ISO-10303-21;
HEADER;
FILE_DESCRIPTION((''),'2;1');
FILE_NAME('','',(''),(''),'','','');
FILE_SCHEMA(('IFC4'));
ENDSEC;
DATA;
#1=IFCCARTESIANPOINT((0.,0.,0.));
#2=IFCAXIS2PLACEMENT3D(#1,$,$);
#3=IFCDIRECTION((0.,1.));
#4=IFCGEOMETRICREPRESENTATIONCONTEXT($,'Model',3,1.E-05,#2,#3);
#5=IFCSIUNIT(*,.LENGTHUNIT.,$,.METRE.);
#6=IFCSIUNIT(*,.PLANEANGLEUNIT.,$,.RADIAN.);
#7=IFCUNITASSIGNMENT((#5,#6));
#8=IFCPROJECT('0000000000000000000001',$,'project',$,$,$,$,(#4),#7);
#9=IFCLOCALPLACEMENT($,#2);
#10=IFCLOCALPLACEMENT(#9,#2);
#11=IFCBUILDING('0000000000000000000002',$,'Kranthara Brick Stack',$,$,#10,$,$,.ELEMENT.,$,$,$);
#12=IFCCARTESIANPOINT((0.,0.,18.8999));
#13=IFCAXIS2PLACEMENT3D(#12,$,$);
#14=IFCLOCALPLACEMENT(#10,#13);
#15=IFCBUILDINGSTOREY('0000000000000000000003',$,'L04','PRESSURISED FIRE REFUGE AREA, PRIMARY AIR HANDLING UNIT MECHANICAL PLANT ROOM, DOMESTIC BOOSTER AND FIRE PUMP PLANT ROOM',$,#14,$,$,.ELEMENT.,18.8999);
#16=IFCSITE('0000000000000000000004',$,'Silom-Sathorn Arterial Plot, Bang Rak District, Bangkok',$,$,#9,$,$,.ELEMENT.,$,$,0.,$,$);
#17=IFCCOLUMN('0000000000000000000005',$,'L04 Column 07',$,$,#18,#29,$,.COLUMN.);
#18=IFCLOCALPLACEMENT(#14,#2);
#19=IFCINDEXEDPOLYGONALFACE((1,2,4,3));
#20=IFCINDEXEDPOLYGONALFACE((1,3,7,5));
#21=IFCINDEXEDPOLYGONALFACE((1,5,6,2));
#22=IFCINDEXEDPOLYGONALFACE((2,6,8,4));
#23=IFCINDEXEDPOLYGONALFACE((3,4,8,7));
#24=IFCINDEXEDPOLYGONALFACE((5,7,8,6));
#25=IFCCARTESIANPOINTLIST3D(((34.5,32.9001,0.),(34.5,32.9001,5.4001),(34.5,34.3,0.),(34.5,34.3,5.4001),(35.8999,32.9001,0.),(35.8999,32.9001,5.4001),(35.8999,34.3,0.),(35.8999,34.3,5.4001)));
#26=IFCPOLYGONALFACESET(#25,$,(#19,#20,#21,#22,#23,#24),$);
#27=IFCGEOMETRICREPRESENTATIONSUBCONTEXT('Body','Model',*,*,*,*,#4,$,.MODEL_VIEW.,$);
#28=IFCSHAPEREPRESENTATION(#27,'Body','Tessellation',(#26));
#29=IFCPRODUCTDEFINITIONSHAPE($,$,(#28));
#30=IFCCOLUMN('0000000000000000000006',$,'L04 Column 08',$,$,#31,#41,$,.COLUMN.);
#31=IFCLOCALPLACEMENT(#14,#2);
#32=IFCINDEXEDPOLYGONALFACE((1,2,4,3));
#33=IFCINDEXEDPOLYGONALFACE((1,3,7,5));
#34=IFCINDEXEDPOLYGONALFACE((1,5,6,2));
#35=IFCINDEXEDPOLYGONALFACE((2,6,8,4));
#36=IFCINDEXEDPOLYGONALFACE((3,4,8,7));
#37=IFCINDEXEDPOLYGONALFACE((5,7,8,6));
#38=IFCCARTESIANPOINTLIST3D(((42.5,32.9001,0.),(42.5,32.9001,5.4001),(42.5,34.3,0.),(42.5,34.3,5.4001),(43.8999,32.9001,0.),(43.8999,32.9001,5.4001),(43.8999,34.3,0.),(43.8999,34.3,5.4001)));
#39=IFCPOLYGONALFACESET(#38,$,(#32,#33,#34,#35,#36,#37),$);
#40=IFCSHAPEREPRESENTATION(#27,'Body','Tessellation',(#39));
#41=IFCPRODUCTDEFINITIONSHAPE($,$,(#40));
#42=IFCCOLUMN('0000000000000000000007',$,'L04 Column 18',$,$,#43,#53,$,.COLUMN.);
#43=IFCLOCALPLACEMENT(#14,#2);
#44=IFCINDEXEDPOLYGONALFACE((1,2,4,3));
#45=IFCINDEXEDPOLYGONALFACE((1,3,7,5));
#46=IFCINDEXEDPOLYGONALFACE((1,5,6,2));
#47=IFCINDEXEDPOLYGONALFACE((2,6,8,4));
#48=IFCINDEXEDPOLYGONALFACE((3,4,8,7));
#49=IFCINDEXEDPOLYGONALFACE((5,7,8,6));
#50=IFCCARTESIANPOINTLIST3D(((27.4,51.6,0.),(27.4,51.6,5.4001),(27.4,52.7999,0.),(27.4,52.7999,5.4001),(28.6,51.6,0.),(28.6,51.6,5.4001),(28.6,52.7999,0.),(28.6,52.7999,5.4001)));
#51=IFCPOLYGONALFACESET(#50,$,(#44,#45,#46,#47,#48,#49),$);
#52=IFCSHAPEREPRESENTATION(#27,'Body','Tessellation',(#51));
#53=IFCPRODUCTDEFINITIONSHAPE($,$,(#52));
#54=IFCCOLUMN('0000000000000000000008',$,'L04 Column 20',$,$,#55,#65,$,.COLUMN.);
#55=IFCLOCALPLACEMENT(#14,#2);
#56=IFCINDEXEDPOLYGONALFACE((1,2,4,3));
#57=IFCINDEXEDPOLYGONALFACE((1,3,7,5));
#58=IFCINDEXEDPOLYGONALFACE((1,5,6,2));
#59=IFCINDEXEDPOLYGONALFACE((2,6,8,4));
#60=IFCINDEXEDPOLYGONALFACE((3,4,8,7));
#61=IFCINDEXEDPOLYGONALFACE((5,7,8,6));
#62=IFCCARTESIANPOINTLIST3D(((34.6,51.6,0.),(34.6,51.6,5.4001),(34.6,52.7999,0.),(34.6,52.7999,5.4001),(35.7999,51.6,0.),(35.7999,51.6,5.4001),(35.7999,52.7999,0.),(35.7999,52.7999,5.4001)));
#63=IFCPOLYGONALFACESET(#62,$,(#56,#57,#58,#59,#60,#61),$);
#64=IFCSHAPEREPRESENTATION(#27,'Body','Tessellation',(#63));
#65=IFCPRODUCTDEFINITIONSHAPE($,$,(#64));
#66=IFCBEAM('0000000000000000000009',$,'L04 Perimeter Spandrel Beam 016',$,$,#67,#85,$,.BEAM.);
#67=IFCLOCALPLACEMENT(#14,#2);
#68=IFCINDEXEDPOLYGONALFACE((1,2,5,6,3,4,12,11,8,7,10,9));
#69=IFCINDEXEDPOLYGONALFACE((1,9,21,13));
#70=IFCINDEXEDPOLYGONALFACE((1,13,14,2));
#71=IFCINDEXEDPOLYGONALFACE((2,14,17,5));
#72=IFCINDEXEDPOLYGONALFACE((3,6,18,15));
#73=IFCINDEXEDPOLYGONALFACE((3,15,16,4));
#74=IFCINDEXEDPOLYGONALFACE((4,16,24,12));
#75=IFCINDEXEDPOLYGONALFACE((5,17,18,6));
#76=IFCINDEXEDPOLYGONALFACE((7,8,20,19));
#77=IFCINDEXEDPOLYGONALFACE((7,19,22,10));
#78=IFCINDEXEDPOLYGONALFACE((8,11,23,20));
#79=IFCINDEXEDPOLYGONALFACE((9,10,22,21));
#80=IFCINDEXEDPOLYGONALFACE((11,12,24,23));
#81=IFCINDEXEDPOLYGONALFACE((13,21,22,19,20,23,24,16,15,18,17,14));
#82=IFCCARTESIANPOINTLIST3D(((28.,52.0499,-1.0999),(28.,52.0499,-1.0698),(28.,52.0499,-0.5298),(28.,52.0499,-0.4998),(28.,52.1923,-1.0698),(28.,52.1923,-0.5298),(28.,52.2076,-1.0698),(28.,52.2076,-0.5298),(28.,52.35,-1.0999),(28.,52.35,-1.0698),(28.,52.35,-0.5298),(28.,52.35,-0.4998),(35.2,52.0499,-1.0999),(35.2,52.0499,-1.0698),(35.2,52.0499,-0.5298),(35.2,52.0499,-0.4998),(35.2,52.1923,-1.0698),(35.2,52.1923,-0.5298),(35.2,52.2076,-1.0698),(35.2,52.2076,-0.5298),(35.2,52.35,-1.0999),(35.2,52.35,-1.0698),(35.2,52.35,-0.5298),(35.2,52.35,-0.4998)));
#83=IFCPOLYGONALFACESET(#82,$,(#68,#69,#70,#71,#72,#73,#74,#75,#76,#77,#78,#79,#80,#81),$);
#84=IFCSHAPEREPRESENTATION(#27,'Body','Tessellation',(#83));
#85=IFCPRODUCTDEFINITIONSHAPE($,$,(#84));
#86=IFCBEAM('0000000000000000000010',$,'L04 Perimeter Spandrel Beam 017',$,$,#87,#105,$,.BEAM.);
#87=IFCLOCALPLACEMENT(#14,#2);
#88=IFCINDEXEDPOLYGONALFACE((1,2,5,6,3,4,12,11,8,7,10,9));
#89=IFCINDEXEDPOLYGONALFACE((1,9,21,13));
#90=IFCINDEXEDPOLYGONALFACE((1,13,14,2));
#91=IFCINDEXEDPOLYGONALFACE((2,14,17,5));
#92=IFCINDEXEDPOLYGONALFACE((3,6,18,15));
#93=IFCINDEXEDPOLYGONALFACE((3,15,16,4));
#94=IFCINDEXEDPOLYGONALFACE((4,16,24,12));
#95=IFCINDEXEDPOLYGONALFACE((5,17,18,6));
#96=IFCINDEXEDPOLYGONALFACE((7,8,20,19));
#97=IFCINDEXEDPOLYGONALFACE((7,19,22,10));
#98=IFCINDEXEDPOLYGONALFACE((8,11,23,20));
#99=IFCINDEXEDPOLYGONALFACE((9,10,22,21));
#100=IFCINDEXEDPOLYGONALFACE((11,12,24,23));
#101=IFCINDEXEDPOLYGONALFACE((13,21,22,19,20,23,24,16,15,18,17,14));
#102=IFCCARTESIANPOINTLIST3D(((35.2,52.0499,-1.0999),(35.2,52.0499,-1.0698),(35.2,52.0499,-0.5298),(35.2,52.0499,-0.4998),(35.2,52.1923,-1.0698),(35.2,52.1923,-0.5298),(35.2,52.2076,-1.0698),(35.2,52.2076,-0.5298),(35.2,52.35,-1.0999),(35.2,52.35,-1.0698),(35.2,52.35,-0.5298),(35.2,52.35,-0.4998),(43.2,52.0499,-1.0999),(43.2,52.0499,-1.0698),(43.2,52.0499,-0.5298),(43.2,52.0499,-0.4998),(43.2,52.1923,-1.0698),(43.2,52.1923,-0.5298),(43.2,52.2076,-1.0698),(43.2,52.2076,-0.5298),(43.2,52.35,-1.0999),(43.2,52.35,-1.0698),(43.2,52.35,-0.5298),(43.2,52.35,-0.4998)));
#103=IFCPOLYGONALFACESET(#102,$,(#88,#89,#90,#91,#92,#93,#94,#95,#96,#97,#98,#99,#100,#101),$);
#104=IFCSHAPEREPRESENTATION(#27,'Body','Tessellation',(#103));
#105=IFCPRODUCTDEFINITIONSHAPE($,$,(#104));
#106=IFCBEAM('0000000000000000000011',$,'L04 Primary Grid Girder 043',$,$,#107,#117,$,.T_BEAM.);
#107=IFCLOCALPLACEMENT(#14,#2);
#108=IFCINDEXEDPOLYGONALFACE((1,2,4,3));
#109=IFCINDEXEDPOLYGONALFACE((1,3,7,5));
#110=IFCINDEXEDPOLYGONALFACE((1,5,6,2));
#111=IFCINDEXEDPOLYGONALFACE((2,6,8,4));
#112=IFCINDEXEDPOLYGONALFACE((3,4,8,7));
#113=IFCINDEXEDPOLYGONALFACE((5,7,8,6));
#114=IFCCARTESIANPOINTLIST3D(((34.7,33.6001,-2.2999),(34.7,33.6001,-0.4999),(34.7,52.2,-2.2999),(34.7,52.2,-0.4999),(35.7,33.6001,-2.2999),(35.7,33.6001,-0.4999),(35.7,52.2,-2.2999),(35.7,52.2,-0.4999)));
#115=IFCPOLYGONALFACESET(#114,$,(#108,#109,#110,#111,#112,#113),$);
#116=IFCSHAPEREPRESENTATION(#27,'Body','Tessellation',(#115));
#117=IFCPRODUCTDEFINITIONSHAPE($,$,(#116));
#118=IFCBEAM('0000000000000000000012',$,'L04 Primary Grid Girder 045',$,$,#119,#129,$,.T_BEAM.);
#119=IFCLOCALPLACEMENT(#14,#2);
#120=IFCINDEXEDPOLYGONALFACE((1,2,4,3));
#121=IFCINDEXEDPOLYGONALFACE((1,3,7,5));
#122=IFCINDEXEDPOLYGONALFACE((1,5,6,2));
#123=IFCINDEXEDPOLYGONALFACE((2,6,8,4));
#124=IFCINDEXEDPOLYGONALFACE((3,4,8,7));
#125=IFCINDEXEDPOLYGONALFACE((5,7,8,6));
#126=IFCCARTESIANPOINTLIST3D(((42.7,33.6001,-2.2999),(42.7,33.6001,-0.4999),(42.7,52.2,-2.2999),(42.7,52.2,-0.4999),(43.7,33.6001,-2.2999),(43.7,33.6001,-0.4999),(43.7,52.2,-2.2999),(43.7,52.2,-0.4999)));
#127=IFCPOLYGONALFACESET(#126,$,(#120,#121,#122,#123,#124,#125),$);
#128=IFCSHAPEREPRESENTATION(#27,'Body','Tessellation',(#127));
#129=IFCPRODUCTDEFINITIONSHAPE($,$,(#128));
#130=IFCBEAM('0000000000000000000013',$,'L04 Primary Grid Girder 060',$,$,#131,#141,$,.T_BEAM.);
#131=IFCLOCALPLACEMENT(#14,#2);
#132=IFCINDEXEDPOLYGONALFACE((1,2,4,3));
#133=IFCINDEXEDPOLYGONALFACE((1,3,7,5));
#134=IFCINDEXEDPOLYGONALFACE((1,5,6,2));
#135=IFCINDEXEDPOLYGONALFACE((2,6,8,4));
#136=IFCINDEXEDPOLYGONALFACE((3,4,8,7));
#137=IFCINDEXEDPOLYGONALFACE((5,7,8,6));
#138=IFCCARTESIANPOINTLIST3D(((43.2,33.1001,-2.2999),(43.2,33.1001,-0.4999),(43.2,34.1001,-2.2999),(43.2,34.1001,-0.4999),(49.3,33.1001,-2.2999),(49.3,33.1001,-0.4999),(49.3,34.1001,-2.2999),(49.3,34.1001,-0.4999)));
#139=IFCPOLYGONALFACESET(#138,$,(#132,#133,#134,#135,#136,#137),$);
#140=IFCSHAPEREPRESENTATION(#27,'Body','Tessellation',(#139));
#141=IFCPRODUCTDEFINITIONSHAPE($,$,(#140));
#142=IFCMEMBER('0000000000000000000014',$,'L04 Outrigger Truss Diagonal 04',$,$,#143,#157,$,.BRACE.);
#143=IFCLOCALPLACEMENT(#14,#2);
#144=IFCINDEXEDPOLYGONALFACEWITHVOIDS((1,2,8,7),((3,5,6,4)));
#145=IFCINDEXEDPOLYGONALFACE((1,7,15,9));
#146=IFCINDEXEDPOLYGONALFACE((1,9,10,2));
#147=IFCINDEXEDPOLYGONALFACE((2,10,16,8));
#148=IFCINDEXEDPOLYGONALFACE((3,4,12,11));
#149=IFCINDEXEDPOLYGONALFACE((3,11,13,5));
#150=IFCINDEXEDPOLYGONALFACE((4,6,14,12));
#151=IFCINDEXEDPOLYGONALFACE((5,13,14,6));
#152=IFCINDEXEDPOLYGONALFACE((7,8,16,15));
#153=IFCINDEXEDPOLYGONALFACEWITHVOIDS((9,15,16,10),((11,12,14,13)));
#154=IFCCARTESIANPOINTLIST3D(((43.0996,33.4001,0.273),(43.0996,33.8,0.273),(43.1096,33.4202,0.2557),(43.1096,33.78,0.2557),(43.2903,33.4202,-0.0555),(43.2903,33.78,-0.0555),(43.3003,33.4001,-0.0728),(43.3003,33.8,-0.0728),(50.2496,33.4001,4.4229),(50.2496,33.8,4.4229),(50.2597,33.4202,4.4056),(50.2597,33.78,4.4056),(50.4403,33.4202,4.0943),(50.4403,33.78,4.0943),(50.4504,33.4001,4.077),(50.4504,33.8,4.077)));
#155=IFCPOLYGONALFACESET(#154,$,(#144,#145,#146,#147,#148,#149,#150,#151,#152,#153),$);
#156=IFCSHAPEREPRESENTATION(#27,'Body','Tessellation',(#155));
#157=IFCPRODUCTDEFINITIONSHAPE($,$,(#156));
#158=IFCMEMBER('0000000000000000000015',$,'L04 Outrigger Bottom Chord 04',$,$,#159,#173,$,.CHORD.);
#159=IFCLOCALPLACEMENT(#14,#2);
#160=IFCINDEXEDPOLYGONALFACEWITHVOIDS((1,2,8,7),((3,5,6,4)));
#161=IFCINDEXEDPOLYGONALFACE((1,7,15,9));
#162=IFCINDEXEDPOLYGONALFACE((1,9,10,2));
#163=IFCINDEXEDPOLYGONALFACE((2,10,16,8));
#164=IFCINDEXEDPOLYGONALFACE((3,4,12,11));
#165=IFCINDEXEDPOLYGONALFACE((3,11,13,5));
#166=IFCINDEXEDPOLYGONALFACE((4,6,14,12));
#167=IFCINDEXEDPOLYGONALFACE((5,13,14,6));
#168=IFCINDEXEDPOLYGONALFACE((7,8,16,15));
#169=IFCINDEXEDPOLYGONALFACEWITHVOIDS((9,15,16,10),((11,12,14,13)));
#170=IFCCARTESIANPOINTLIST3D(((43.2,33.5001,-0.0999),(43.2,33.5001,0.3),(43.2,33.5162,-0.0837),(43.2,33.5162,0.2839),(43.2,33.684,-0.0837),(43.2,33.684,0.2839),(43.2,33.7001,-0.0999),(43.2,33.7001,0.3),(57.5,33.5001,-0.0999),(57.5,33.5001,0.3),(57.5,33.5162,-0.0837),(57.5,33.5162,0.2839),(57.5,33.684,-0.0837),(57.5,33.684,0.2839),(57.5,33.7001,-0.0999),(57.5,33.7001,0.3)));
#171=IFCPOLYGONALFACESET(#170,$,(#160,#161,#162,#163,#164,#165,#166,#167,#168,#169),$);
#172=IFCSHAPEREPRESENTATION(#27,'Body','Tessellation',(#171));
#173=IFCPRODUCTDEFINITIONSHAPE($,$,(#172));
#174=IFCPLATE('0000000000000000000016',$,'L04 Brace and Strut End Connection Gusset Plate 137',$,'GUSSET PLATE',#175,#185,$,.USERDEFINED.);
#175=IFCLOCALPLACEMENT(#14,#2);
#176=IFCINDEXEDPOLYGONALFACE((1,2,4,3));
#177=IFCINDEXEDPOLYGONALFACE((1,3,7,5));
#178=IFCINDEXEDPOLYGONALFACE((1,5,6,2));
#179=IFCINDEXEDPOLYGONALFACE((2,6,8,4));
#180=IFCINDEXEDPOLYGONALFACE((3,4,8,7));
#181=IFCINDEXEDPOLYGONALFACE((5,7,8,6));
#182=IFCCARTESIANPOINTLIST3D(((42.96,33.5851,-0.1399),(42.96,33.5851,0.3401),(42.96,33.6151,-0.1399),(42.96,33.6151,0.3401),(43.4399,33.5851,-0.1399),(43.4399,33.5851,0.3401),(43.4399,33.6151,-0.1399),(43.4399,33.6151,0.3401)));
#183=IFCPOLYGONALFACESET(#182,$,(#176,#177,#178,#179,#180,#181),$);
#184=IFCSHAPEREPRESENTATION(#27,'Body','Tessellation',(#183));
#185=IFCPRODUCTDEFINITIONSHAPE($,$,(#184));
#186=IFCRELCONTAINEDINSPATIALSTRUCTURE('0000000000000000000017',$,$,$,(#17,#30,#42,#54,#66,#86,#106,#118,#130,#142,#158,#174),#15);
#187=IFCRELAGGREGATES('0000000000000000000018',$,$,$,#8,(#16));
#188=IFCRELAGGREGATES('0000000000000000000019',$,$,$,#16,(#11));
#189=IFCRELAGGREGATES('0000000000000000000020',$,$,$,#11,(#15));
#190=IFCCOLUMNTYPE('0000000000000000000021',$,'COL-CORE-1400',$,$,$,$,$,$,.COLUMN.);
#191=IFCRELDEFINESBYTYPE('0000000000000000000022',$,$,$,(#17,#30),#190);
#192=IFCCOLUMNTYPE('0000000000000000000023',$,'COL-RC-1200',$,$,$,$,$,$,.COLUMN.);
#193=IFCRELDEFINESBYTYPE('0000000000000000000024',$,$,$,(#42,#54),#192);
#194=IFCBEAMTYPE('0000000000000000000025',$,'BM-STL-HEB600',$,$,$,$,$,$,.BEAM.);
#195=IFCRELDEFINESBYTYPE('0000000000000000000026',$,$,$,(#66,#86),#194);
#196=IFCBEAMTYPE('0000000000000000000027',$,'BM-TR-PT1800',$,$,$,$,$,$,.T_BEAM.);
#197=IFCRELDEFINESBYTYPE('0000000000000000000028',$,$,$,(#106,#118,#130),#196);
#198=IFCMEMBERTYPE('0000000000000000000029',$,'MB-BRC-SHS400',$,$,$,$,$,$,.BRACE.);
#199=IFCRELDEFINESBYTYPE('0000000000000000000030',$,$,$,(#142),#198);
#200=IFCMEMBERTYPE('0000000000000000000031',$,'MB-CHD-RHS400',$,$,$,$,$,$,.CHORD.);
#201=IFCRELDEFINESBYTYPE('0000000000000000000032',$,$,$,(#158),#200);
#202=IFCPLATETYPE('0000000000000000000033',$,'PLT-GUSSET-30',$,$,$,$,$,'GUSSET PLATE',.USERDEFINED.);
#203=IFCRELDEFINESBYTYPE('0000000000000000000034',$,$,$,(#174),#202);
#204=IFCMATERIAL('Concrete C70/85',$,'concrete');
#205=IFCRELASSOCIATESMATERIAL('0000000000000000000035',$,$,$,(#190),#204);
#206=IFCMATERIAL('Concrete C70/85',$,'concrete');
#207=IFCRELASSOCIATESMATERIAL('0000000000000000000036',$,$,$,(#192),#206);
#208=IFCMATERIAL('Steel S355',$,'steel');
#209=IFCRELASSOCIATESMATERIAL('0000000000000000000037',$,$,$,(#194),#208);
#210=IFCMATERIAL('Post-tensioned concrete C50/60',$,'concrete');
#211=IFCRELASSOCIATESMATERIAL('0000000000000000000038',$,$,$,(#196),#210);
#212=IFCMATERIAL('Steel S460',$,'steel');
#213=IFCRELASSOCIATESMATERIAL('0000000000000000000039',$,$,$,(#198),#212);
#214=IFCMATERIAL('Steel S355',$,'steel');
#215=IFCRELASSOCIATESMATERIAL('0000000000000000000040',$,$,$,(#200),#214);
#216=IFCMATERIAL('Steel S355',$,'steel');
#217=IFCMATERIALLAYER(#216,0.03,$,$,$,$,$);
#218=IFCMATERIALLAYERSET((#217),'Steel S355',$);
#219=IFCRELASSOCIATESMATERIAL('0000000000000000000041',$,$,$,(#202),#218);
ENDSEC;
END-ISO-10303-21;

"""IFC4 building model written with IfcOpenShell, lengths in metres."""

from ifc_helpers import new_model, si_unit, direction, frame, origin, origin_2d, place, context, subcontext, project, spatial, rectangle, hollow_rectangle, i_section, extrude, material, layer, layer_set, material_profile, profile_set, type_object, element, save


model = new_model("IFC4")

# Units and contexts
model_context = context("Model", 3, precision=1e-05, world=origin(), true_north=direction((0.0, 1.0)))
body_context = subcontext(model_context, "Body", "Model", "MODEL_VIEW")
ifc_project = project(units=[si_unit("LENGTHUNIT", "METRE"), si_unit("PLANEANGLEUNIT", "RADIAN")], contexts=[model_context])

# Site, building, storey
site_placement = place(None, origin())
site = spatial("IfcSite", under=ifc_project, at=site_placement, Name="Silom-Sathorn Arterial Plot, Bang Rak District, Bangkok", CompositionType="ELEMENT", RefElevation=0.0)
building_placement = place(site_placement, origin())
building = spatial("IfcBuilding", under=site, at=building_placement, Name="Kranthara Brick Stack", CompositionType="ELEMENT")
storey_placement = place(building_placement, frame((0.0, 0.0, 18.8999)))
storey = spatial("IfcBuildingStorey", under=building, at=storey_placement, Name="L04", Description="PRESSURISED FIRE REFUGE AREA, PRIMARY AIR HANDLING UNIT MECHANICAL PLANT ROOM, DOMESTIC BOOSTER AND FIRE PUMP PLANT ROOM", CompositionType="ELEMENT", Elevation=18.8999)

# Columns
ifc_material_1 = material(Name="Concrete C70/85", Category="concrete")
ifc_material_profile_1 = material_profile(ifc_material_1, rectangle(XDim=1.3999, YDim=1.3999, at=origin_2d()), Name="RC 1400x1400")
ifc_profile_set_1 = profile_set([ifc_material_profile_1], Name="Concrete C70/85")
column_type_1 = type_object("IfcColumnType", Name="COL-CORE-1400", PredefinedType="COLUMN", material=ifc_profile_set_1)
for number, where, z_axis, x_axis, name in (
    (1, (35.2, 33.6001, 0.0), (0.0, 0.0, 1.0), (1.0, 0.0, 0.0), "L04 Column 07"),
    (2, (43.2, 33.6001, 0.0), (0.0, 0.0, 1.0), (1.0, 0.0, 0.0), "L04 Column 08"),
):
    element("IfcColumn", number, at=place(storey_placement, frame(where, z_axis=z_axis, x_axis=x_axis)), inside=storey, type_object=column_type_1, Name=name, PredefinedType="COLUMN", context=body_context, shape_type="SweptSolid", body=[
        extrude(rectangle(XDim=1.3999, YDim=1.3999, at=origin_2d()), origin(), (0.0, 0.0, 1.0), 5.4001),
    ])
ifc_material_2 = material(Name="Concrete C70/85", Category="concrete")
ifc_material_profile_2 = material_profile(ifc_material_2, rectangle(XDim=1.2, YDim=1.2, at=origin_2d()), Name="RC 1200x1200")
ifc_profile_set_2 = profile_set([ifc_material_profile_2], Name="Concrete C70/85")
column_type_2 = type_object("IfcColumnType", Name="COL-RC-1200", PredefinedType="COLUMN", material=ifc_profile_set_2)
for number, where, z_axis, x_axis, name in (
    (3, (28.0, 52.2, 0.0), (0.0, 0.0, 1.0), (1.0, 0.0, 0.0), "L04 Column 18"),
    (4, (35.2, 52.2, 0.0), (0.0, 0.0, 1.0), (1.0, 0.0, 0.0), "L04 Column 20"),
):
    element("IfcColumn", number, at=place(storey_placement, frame(where, z_axis=z_axis, x_axis=x_axis)), inside=storey, type_object=column_type_2, Name=name, PredefinedType="COLUMN", context=body_context, shape_type="SweptSolid", body=[
        extrude(rectangle(XDim=1.2, YDim=1.2, at=origin_2d()), origin(), (0.0, 0.0, 1.0), 5.4001),
    ])

# Beams
ifc_material_3 = material(Name="Steel S355", Category="steel")
ifc_material_profile_3 = material_profile(ifc_material_3, i_section(OverallWidth=0.3, OverallDepth=0.6001, WebThickness=0.0154, FlangeThickness=0.03, at=origin_2d()), Name="HEB 600")
ifc_profile_set_3 = profile_set([ifc_material_profile_3], Name="Steel S355")
beam_type_1 = type_object("IfcBeamType", Name="BM-STL-HEB600", PredefinedType="BEAM", material=ifc_profile_set_3)
beam_1_placement = place(storey_placement, frame((28.0, 52.2, -0.7998), z_axis=(1.0, 0.0, 0.0), x_axis=(0.0, 1.0, 0.0)))
element("IfcBeam", 5, at=beam_1_placement, inside=storey, type_object=beam_type_1, Name="L04 Perimeter Spandrel Beam 016", PredefinedType="BEAM", context=body_context, shape_type="SweptSolid", body=[
    extrude(i_section(OverallWidth=0.3, OverallDepth=0.6001, WebThickness=0.0154, FlangeThickness=0.03, at=origin_2d()), origin(), (0.0, 0.0, 1.0), 7.2),
])
beam_2_placement = place(storey_placement, frame((35.2, 52.2, -0.7998), z_axis=(1.0, 0.0, 0.0), x_axis=(0.0, 1.0, 0.0)))
element("IfcBeam", 6, at=beam_2_placement, inside=storey, type_object=beam_type_1, Name="L04 Perimeter Spandrel Beam 017", PredefinedType="BEAM", context=body_context, shape_type="SweptSolid", body=[
    extrude(i_section(OverallWidth=0.3, OverallDepth=0.6001, WebThickness=0.0154, FlangeThickness=0.03, at=origin_2d()), origin(), (0.0, 0.0, 1.0), 8.0),
])
ifc_material_4 = material(Name="Post-tensioned concrete C50/60", Category="concrete")
ifc_material_profile_4 = material_profile(ifc_material_4, rectangle(XDim=1.0, YDim=1.8, at=origin_2d()), Name="PT 1000x1800")
ifc_profile_set_4 = profile_set([ifc_material_profile_4], Name="Post-tensioned concrete C50/60")
beam_type_2 = type_object("IfcBeamType", Name="BM-TR-PT1800", PredefinedType="T_BEAM", material=ifc_profile_set_4)
for number, where, z_axis, x_axis, name in (
    (7, (35.2, 33.6001, -1.3999), (0.0, 1.0, 0.0), (-1.0, 0.0, 0.0), "L04 Primary Grid Girder 043"),
    (8, (43.2, 33.6001, -1.3999), (0.0, 1.0, 0.0), (-1.0, 0.0, 0.0), "L04 Primary Grid Girder 045"),
):
    element("IfcBeam", number, at=place(storey_placement, frame(where, z_axis=z_axis, x_axis=x_axis)), inside=storey, type_object=beam_type_2, Name=name, PredefinedType="T_BEAM", context=body_context, shape_type="SweptSolid", body=[
        extrude(rectangle(XDim=1.0, YDim=1.8, at=origin_2d()), origin(), (0.0, 0.0, 1.0), 18.5999),
    ])
beam_3_placement = place(storey_placement, frame((43.2, 33.6001, -1.3999), z_axis=(1.0, 0.0, 0.0), x_axis=(0.0, 1.0, 0.0)))
element("IfcBeam", 9, at=beam_3_placement, inside=storey, type_object=beam_type_2, Name="L04 Primary Grid Girder 060", PredefinedType="T_BEAM", context=body_context, shape_type="SweptSolid", body=[
    extrude(rectangle(XDim=1.0, YDim=1.8, at=origin_2d()), origin(), (0.0, 0.0, 1.0), 6.1001),
])

# Members
ifc_material_5 = material(Name="Steel S460", Category="steel")
ifc_material_profile_5 = material_profile(ifc_material_5, hollow_rectangle(XDim=0.3999, YDim=0.3999, WallThickness=0.02, at=origin_2d()), Name="SHS 400x400x20")
ifc_profile_set_5 = profile_set([ifc_material_profile_5], Name="Steel S460")
member_type_1 = type_object("IfcMemberType", Name="MB-BRC-SHS400", PredefinedType="BRACE", material=ifc_profile_set_5)
member_1_placement = place(storey_placement, frame((43.2, 33.6001, 0.1001), z_axis=(0.864883, 0.0, 0.501973), x_axis=(0.0, 1.0, 0.0)))
element("IfcMember", 10, at=member_1_placement, inside=storey, type_object=member_type_1, Name="L04 Outrigger Truss Diagonal 04", PredefinedType="BRACE", context=body_context, shape_type="SweptSolid", body=[
    extrude(hollow_rectangle(XDim=0.3999, YDim=0.3999, WallThickness=0.02, at=origin_2d()), origin(), (0.0, 0.0, 1.0), 8.2671),
])
ifc_material_6 = material(Name="Steel S355", Category="steel")
ifc_material_profile_6 = material_profile(ifc_material_6, hollow_rectangle(XDim=0.2, YDim=0.3999, WallThickness=0.0161, at=origin_2d()), Name="RHS 200x400x16")
ifc_profile_set_6 = profile_set([ifc_material_profile_6], Name="Steel S355")
member_type_2 = type_object("IfcMemberType", Name="MB-CHD-RHS400", PredefinedType="CHORD", material=ifc_profile_set_6)
member_2_placement = place(storey_placement, frame((43.2, 33.6001, 0.1001), z_axis=(1.0, 0.0, 0.0), x_axis=(0.0, 1.0, 0.0)))
element("IfcMember", 11, at=member_2_placement, inside=storey, type_object=member_type_2, Name="L04 Outrigger Bottom Chord 04", PredefinedType="CHORD", context=body_context, shape_type="SweptSolid", body=[
    extrude(hollow_rectangle(XDim=0.2, YDim=0.3999, WallThickness=0.0161, at=origin_2d()), origin(), (0.0, 0.0, 1.0), 14.3),
])

# Plate
ifc_material_7 = material(Name="Steel S355", Category="steel")
ifc_layer_1 = layer(ifc_material_7, 0.03)
ifc_layer_set_1 = layer_set([ifc_layer_1], Name="Steel S355")
plate_type = type_object("IfcPlateType", Name="PLT-GUSSET-30", ElementType="GUSSET PLATE", PredefinedType="USERDEFINED", material=ifc_layer_set_1)
plate_placement = place(storey_placement, frame((43.2, 33.6001, -0.1399), z_axis=(0.0, 0.0, 1.0), x_axis=(1.0, 0.0, 0.0)))
element("IfcPlate", 12, at=plate_placement, inside=storey, type_object=plate_type, Name="L04 Brace and Strut End Connection Gusset Plate 137", ObjectType="GUSSET PLATE", PredefinedType="USERDEFINED", context=body_context, shape_type="SweptSolid", body=[
    extrude(rectangle(XDim=0.48, YDim=0.03, at=origin_2d()), origin(), (0.0, 0.0, 1.0), 0.48),
])

save(model, "model.ifc")
